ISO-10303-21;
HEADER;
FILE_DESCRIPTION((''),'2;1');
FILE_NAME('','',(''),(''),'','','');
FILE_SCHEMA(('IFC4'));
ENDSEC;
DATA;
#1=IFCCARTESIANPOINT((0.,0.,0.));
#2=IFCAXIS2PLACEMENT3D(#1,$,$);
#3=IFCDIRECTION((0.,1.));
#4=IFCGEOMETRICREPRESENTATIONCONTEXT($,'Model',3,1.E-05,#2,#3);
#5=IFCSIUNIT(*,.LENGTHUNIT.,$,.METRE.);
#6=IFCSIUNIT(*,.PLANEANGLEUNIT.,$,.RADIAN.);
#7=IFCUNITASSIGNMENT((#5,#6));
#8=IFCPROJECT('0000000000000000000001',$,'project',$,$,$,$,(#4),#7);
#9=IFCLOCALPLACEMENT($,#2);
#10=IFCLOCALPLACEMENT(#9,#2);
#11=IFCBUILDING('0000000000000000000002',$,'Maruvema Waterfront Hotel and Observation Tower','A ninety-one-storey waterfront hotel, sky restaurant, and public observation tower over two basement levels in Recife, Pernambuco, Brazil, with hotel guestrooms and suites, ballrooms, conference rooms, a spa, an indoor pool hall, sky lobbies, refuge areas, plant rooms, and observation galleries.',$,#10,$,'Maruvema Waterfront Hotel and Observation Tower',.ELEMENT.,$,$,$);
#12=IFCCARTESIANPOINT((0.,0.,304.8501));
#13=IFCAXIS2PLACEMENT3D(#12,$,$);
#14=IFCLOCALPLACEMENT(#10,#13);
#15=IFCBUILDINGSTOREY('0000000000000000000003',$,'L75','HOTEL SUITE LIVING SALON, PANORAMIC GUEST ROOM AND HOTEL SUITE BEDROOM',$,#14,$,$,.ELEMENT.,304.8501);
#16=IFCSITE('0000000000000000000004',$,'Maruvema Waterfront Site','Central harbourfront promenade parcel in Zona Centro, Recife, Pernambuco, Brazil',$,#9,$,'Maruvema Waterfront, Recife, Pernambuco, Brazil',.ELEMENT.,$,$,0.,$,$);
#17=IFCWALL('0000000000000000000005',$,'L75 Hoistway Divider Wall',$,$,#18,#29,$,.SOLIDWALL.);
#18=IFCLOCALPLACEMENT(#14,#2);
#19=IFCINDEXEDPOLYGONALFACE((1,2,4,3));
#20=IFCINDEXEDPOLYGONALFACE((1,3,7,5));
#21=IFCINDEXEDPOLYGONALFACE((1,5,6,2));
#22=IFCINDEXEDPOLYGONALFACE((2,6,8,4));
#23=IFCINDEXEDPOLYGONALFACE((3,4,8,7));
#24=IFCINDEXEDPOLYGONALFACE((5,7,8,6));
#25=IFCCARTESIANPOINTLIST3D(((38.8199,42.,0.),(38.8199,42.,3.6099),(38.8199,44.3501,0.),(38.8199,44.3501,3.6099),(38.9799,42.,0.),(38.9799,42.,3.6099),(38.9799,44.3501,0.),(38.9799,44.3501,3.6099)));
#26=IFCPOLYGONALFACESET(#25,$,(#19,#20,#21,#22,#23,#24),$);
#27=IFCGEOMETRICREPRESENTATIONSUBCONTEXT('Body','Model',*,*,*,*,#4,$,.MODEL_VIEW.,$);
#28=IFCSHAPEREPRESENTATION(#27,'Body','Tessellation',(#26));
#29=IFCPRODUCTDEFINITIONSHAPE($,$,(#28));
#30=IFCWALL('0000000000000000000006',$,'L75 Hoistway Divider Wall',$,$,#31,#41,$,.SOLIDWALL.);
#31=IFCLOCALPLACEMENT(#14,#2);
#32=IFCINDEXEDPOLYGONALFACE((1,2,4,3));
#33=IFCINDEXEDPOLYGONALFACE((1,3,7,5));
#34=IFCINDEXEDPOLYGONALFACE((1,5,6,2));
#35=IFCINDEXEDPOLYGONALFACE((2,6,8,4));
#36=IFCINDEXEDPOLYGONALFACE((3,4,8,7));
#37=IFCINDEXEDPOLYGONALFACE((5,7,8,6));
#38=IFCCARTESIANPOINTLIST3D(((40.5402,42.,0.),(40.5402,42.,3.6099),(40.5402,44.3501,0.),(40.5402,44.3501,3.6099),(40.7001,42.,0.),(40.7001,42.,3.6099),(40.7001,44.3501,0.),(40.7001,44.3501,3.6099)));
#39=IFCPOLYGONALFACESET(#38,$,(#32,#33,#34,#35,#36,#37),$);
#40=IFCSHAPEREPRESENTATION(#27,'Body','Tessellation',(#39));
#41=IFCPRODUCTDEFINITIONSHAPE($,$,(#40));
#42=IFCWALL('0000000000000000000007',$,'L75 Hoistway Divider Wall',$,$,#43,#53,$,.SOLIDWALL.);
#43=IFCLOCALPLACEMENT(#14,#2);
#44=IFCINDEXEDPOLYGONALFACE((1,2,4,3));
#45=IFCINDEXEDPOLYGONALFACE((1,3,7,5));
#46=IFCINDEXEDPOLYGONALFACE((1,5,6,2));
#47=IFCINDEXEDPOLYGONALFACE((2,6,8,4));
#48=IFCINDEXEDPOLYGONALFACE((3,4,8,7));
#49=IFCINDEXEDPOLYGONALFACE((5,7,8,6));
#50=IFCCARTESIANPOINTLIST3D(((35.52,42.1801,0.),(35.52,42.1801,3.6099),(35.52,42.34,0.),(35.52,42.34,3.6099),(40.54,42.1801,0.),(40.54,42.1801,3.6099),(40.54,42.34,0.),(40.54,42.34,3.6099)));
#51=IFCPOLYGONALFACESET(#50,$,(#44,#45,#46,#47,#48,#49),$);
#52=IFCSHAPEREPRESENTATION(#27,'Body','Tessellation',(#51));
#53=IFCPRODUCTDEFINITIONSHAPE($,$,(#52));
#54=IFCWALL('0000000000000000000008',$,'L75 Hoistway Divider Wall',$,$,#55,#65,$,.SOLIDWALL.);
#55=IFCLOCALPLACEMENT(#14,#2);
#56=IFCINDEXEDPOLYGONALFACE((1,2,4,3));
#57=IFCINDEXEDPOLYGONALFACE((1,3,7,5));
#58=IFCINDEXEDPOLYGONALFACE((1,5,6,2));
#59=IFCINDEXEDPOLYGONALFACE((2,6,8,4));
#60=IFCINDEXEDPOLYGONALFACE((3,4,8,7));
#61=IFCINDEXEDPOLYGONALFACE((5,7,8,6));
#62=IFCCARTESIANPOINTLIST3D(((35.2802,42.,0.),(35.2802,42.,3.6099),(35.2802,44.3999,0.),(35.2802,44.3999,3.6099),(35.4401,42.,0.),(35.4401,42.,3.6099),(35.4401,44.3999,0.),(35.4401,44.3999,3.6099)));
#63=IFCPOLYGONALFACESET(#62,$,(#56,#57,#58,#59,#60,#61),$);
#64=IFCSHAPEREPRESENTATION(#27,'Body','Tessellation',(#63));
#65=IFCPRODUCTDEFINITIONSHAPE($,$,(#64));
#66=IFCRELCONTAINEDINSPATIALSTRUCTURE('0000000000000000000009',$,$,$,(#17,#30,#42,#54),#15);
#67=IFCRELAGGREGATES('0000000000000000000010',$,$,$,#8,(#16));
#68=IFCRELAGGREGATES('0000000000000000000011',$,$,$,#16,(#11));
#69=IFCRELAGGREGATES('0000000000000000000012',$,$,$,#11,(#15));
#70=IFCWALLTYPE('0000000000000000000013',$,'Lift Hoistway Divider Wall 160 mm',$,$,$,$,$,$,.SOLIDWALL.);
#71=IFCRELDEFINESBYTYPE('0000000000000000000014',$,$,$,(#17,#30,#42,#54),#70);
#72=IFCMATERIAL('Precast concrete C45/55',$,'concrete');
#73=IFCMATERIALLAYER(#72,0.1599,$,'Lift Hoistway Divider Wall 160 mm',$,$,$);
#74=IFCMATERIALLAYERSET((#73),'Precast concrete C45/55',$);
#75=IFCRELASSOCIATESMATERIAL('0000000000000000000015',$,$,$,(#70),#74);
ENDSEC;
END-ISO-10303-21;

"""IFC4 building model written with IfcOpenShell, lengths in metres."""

from ifc_helpers import new_model, si_unit, direction, frame, frame_2d, origin, place, context, subcontext, project, spatial, rectangle, extrude, material, layer, layer_set, type_object, element, save


model = new_model("IFC4")

# Units and contexts
model_context = context("Model", 3, precision=1e-05, world=origin(), true_north=direction((0.0, 1.0)))
body_context = subcontext(model_context, "Body", "Model", "MODEL_VIEW")
ifc_project = project(units=[si_unit("LENGTHUNIT", "METRE"), si_unit("PLANEANGLEUNIT", "RADIAN")], contexts=[model_context])

# Site, building, storey
site_placement = place(None, origin())
site = spatial("IfcSite", under=ifc_project, at=site_placement, Name="Maruvema Waterfront Site", Description="Central harbourfront promenade parcel in Zona Centro, Recife, Pernambuco, Brazil", LongName="Maruvema Waterfront, Recife, Pernambuco, Brazil", CompositionType="ELEMENT", RefElevation=0.0)
building_placement = place(site_placement, origin())
building = spatial("IfcBuilding", under=site, at=building_placement, Name="Maruvema Waterfront Hotel and Observation Tower", Description="A ninety-one-storey waterfront hotel, sky restaurant, and public observation tower over two basement levels in Recife, Pernambuco, Brazil, with hotel guestrooms and suites, ballrooms, conference rooms, a spa, an indoor pool hall, sky lobbies, refuge areas, plant rooms, and observation galleries.", LongName="Maruvema Waterfront Hotel and Observation Tower", CompositionType="ELEMENT")
storey_placement = place(building_placement, frame((0.0, 0.0, 304.8501)))
storey = spatial("IfcBuildingStorey", under=building, at=storey_placement, Name="L75", Description="HOTEL SUITE LIVING SALON, PANORAMIC GUEST ROOM AND HOTEL SUITE BEDROOM", CompositionType="ELEMENT", Elevation=304.8501)

# Walls
ifc_material_1 = material(Name="Precast concrete C45/55", Category="concrete")
ifc_layer_1 = layer(ifc_material_1, 0.1599, Name="Lift Hoistway Divider Wall 160 mm")
ifc_layer_set_1 = layer_set([ifc_layer_1], Name="Precast concrete C45/55")
wall_type_1 = type_object("IfcWallType", Name="Lift Hoistway Divider Wall 160 mm", PredefinedType="SOLIDWALL", material=ifc_layer_set_1)
for number, where, z_axis, x_axis, name in (
    (1, (38.8999, 42.0, 0.0), (0.0, 0.0, 1.0), (0.0, 1.0, 0.0), "L75 Hoistway Divider Wall"),
    (2, (40.6201, 42.0, 0.0), (0.0, 0.0, 1.0), (0.0, 1.0, 0.0), "L75 Hoistway Divider Wall"),
):
    element("IfcWall", number, at=place(storey_placement, frame(where, z_axis=z_axis, x_axis=x_axis)), inside=storey, type_object=wall_type_1, Name=name, PredefinedType="SOLIDWALL", context=body_context, shape_type="SweptSolid", body=[
        extrude(rectangle(XDim=2.3501, YDim=0.1599, at=frame_2d((1.175, 0.0))), origin(), (0.0, 0.0, 1.0), 3.6099),
    ])
wall_1_placement = place(storey_placement, frame((35.52, 42.26, 0.0), z_axis=(0.0, 0.0, 1.0), x_axis=(1.0, 0.0, 0.0)))
element("IfcWall", 3, at=wall_1_placement, inside=storey, type_object=wall_type_1, Name="L75 Hoistway Divider Wall", PredefinedType="SOLIDWALL", context=body_context, shape_type="SweptSolid", body=[
    extrude(rectangle(XDim=5.02, YDim=0.1599, at=frame_2d((2.51, 0.0))), origin(), (0.0, 0.0, 1.0), 3.6099),
])
wall_2_placement = place(storey_placement, frame((35.3601, 42.0, 0.0), z_axis=(0.0, 0.0, 1.0), x_axis=(0.0, 1.0, 0.0)))
element("IfcWall", 4, at=wall_2_placement, inside=storey, type_object=wall_type_1, Name="L75 Hoistway Divider Wall", PredefinedType="SOLIDWALL", context=body_context, shape_type="SweptSolid", body=[
    extrude(rectangle(XDim=2.3999, YDim=0.1599, at=frame_2d((1.2, 0.0))), origin(), (0.0, 0.0, 1.0), 3.6099),
])

save(model, "model.ifc")
